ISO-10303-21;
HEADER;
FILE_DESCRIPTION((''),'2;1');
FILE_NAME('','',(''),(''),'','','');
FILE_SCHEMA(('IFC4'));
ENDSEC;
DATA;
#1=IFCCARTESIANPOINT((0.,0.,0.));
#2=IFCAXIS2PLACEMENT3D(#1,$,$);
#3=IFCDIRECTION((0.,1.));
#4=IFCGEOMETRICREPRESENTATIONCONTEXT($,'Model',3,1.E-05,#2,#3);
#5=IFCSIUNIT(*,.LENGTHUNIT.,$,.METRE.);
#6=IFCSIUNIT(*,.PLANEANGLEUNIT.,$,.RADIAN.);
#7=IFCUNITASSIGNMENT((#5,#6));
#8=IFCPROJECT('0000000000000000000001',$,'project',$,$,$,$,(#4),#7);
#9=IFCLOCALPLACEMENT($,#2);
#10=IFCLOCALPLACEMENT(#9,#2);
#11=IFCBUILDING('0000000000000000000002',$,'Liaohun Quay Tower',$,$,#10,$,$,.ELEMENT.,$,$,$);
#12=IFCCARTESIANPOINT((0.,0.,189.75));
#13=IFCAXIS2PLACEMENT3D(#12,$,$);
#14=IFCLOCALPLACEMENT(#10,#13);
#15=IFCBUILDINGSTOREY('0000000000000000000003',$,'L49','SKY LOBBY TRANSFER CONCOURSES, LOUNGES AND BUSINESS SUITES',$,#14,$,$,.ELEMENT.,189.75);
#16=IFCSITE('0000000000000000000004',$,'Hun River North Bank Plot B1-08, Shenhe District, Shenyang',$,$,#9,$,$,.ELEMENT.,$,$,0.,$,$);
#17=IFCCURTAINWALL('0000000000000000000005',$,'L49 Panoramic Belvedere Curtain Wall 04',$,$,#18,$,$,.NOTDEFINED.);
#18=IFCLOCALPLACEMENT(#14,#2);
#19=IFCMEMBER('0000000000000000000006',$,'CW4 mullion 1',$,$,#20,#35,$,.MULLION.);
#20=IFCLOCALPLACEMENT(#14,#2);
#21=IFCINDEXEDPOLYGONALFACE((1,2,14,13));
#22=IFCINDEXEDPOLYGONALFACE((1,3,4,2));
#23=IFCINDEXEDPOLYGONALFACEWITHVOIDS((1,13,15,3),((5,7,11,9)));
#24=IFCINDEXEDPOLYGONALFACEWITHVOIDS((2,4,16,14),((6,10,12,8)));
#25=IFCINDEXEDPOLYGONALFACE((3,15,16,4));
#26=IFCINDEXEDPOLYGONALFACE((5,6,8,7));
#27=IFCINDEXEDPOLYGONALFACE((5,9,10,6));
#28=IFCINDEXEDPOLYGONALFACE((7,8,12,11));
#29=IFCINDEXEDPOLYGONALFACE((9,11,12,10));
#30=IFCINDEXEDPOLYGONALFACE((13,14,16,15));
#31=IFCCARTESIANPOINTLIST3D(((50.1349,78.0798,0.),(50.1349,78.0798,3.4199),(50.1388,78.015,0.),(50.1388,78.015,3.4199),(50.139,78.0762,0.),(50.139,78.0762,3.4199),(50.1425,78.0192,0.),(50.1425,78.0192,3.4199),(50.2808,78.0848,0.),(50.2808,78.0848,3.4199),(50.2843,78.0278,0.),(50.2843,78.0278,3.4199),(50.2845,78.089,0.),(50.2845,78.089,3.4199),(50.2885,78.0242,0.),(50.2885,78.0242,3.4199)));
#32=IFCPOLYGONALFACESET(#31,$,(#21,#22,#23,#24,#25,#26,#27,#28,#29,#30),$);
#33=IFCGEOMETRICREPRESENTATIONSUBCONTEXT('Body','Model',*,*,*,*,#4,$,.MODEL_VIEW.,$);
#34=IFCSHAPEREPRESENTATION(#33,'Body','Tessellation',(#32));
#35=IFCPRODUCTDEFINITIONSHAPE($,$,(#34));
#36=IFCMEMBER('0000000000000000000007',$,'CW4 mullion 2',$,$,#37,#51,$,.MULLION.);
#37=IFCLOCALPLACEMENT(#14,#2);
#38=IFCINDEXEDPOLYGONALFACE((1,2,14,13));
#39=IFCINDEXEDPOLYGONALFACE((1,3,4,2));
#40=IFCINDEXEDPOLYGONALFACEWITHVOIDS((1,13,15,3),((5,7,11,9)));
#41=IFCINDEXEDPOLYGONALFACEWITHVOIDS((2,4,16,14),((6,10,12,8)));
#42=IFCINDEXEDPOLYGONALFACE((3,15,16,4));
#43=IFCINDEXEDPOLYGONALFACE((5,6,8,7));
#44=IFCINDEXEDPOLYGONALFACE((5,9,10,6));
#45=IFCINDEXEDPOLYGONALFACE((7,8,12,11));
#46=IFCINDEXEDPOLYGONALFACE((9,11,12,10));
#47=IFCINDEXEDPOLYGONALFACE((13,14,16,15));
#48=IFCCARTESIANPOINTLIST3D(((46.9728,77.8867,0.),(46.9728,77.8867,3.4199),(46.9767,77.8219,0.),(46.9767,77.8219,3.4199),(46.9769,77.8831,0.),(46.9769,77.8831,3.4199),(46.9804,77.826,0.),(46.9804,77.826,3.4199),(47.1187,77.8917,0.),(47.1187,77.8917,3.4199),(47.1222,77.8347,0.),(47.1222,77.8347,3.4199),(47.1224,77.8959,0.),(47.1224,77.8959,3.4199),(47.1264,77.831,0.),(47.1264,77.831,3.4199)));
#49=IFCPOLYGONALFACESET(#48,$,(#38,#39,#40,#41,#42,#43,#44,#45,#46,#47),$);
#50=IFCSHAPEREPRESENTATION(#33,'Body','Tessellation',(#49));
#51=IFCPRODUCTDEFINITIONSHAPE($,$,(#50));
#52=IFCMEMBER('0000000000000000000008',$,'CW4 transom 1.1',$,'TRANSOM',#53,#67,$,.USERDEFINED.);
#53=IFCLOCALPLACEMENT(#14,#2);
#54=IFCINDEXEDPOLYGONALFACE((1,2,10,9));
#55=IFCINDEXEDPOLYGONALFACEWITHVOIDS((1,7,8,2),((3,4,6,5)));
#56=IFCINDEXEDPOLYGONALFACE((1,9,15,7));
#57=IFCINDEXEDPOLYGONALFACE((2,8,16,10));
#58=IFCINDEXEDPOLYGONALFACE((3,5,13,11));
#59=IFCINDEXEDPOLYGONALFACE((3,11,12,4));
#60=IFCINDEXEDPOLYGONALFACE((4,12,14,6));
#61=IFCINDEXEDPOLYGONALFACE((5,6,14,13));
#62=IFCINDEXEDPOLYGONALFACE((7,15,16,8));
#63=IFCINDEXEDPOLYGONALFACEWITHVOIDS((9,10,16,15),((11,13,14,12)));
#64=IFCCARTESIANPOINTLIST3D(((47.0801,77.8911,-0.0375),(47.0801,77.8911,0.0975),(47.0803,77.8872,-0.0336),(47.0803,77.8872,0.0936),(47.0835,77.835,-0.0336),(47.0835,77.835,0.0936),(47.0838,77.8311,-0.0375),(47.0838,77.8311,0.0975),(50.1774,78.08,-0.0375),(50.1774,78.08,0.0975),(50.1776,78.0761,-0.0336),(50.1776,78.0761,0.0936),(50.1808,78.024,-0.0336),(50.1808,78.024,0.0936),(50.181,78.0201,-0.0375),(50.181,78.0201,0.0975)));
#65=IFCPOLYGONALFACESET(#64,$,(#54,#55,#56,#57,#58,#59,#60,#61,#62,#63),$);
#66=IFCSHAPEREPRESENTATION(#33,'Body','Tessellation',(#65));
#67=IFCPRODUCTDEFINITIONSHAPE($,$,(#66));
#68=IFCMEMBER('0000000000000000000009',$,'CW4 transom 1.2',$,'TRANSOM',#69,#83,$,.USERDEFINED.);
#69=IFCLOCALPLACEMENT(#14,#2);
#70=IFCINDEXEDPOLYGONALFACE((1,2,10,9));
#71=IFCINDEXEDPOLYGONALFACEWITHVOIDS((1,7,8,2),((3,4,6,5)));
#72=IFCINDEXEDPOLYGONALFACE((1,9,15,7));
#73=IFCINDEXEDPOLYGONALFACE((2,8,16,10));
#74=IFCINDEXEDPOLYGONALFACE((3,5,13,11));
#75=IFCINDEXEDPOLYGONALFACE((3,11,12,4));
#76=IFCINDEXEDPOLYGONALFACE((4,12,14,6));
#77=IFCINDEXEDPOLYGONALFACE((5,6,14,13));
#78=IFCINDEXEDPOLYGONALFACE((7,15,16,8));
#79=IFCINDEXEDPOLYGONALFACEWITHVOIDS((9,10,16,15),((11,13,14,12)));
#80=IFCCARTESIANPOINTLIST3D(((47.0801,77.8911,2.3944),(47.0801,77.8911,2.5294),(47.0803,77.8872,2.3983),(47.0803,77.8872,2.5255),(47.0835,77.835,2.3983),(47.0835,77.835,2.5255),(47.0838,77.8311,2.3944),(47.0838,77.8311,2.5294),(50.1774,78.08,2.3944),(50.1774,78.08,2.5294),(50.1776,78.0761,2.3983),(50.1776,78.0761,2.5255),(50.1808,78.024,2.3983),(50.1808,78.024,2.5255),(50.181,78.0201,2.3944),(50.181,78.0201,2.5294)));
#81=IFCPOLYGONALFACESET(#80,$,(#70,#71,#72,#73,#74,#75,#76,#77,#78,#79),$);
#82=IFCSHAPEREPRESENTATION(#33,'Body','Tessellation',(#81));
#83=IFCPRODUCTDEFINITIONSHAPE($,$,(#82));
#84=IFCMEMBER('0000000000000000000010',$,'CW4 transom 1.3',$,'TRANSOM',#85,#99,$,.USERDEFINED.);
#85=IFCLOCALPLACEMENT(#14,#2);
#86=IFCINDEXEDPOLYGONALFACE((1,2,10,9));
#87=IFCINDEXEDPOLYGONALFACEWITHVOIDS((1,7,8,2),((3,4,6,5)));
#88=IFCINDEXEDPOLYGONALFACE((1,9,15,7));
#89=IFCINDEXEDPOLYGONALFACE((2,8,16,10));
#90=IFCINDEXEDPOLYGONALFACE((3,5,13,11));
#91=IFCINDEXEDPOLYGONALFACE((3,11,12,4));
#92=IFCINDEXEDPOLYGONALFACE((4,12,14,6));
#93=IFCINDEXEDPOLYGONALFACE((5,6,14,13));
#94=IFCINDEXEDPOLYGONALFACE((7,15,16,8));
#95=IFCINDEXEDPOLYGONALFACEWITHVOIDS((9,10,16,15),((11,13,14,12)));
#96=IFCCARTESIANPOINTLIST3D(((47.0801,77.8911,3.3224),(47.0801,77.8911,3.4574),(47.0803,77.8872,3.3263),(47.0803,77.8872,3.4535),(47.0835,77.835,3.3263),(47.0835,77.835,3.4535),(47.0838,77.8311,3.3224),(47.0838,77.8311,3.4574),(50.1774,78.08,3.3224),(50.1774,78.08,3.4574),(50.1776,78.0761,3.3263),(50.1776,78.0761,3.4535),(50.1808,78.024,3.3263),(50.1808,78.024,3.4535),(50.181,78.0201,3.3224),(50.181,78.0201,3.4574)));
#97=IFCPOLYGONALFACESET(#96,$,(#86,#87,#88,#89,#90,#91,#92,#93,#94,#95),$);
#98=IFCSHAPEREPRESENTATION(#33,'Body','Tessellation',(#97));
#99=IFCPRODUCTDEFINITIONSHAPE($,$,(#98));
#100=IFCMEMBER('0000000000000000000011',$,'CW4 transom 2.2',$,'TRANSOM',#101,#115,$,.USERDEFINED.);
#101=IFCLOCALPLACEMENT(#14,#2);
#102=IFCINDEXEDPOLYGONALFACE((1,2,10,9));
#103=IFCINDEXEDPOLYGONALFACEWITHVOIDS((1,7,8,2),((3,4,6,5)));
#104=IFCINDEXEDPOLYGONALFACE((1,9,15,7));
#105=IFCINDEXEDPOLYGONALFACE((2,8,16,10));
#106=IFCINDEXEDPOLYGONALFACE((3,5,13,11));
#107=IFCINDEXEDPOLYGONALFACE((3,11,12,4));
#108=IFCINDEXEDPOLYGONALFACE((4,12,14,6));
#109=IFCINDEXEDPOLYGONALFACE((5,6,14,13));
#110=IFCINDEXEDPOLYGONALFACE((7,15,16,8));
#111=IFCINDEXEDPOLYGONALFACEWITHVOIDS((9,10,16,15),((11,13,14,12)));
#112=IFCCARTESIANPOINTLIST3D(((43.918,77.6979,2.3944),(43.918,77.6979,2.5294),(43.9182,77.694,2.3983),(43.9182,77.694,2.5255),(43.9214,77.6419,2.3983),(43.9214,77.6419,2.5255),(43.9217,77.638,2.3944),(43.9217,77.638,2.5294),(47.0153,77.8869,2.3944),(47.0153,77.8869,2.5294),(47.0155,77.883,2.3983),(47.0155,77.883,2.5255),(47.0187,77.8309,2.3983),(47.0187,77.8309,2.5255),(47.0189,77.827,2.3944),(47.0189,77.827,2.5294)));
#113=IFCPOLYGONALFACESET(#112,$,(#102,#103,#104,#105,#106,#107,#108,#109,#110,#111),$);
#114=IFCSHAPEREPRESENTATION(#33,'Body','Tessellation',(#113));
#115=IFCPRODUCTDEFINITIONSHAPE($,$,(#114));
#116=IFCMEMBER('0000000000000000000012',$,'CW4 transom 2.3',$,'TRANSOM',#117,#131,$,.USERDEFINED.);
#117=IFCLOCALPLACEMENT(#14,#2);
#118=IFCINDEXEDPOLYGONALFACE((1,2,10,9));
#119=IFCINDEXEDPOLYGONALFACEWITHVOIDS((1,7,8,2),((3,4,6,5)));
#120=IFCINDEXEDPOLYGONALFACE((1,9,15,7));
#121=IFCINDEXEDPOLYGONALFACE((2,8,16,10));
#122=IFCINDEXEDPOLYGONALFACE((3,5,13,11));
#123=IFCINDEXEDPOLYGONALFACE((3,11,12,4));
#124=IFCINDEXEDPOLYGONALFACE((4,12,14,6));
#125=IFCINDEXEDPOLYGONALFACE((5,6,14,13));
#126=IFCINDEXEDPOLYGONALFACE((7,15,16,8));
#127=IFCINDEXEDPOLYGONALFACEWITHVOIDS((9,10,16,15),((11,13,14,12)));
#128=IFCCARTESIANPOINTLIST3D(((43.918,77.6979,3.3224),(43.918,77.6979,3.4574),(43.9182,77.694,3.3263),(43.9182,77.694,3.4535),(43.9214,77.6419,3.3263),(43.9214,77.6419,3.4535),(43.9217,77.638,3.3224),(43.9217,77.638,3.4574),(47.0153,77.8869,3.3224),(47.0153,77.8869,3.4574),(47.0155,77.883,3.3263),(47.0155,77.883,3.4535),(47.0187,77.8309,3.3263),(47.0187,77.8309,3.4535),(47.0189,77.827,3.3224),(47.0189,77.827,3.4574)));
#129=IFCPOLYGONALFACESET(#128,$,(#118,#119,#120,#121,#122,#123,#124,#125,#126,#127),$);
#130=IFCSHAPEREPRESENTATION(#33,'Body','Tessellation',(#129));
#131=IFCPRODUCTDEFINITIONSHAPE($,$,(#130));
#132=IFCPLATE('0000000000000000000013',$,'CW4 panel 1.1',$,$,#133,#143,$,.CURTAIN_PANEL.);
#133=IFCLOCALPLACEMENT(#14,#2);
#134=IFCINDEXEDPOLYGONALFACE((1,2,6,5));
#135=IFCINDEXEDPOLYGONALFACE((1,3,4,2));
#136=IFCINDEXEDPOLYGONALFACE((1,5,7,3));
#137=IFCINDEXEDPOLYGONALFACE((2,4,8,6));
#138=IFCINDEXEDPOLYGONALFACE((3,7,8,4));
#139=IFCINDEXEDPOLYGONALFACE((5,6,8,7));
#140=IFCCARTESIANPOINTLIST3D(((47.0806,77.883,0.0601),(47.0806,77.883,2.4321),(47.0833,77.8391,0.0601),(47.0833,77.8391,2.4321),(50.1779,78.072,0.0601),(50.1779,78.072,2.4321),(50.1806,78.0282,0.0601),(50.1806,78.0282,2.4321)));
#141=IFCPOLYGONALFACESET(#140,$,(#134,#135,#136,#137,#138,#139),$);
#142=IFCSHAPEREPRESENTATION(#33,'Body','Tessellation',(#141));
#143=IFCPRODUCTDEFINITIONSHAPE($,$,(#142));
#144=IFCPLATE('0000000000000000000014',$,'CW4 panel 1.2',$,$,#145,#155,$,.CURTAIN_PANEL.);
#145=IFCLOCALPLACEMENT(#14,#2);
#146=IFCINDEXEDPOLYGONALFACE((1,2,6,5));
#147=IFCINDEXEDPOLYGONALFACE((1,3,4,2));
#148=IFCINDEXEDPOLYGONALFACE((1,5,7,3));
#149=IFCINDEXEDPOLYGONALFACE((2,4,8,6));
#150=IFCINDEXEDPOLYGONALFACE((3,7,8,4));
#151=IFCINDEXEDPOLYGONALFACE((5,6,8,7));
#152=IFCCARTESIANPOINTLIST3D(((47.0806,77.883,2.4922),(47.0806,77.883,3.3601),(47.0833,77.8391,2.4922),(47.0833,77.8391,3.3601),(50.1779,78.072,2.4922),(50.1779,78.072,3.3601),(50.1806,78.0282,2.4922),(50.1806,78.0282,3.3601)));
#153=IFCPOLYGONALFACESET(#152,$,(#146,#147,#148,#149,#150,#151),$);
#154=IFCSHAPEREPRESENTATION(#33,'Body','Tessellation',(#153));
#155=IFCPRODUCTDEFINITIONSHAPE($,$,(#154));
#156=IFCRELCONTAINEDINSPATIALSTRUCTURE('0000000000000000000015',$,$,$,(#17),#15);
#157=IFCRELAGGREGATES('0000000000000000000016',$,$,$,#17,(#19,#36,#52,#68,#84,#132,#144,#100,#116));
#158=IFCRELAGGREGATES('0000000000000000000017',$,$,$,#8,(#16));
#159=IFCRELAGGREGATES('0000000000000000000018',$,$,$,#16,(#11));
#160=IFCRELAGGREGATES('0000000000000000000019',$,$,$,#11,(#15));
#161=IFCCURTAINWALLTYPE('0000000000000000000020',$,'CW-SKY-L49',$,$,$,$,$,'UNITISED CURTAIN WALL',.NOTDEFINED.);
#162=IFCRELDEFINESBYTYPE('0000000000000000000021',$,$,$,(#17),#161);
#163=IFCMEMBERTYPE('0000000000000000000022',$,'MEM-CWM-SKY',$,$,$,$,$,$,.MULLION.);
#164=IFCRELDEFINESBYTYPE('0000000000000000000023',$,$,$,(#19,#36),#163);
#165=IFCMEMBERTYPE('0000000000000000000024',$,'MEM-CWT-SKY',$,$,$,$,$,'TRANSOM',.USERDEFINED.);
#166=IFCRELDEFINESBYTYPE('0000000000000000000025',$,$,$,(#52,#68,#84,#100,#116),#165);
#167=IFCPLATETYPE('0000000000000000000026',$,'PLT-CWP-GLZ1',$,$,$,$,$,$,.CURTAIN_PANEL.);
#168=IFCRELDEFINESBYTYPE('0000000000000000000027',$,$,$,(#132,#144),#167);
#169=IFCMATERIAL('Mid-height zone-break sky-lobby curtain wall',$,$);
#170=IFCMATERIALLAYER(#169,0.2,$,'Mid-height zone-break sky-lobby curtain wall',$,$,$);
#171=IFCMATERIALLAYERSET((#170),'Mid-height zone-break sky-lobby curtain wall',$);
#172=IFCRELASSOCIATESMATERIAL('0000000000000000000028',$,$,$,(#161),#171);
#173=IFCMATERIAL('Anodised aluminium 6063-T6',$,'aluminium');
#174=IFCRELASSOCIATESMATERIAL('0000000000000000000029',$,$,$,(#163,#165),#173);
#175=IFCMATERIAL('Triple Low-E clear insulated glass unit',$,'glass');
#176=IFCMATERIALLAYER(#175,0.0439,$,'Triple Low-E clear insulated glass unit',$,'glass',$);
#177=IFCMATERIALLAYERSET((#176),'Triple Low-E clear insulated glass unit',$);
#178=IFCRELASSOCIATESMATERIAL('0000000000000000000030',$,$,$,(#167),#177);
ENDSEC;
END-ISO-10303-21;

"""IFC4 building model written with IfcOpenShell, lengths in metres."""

from ifc_helpers import new_model, si_unit, direction, frame, origin, origin_2d, place, context, subcontext, project, spatial, rectangle, hollow_rectangle, extrude, source, transform, mapped, material, layer, layer_set, material_profile, profile_set, type_object, element, aggregate, save


model = new_model("IFC4")

# Units and contexts
model_context = context("Model", 3, precision=1e-05, world=origin(), true_north=direction((0.0, 1.0)))
body_context = subcontext(model_context, "Body", "Model", "MODEL_VIEW")
ifc_project = project(units=[si_unit("LENGTHUNIT", "METRE"), si_unit("PLANEANGLEUNIT", "RADIAN")], contexts=[model_context])

# Site, building, storey
site_placement = place(None, origin())
site = spatial("IfcSite", under=ifc_project, at=site_placement, Name="Hun River North Bank Plot B1-08, Shenhe District, Shenyang", CompositionType="ELEMENT", RefElevation=0.0)
building_placement = place(site_placement, origin())
building = spatial("IfcBuilding", under=site, at=building_placement, Name="Liaohun Quay Tower", CompositionType="ELEMENT")
storey_placement = place(building_placement, frame((0.0, 0.0, 189.75)))
storey = spatial("IfcBuildingStorey", under=building, at=storey_placement, Name="L49", Description="SKY LOBBY TRANSFER CONCOURSES, LOUNGES AND BUSINESS SUITES", CompositionType="ELEMENT", Elevation=189.75)

# Curtain wall, members, plates
ifc_material_1 = material(Name="Mid-height zone-break sky-lobby curtain wall")
ifc_layer_1 = layer(ifc_material_1, 0.2, Name="Mid-height zone-break sky-lobby curtain wall")
ifc_layer_set_1 = layer_set([ifc_layer_1], Name="Mid-height zone-break sky-lobby curtain wall")
curtain_wall_type = type_object("IfcCurtainWallType", Name="CW-SKY-L49", ElementType="UNITISED CURTAIN WALL", PredefinedType="NOTDEFINED", material=ifc_layer_set_1)
curtain_wall_placement = place(storey_placement, origin())
curtain_wall = element("IfcCurtainWall", 1, at=curtain_wall_placement, inside=storey, type_object=curtain_wall_type, Name="L49 Panoramic Belvedere Curtain Wall 04", PredefinedType="NOTDEFINED")
ifc_material_2 = material(Name="Anodised aluminium 6063-T6", Category="aluminium")
ifc_material_profile_1 = material_profile(ifc_material_2, hollow_rectangle(XDim=0.0649, YDim=0.1499, WallThickness=0.0039, at=origin_2d()), Name="RHS150x65x4")
ifc_profile_set_1 = profile_set([ifc_material_profile_1], Name="Anodised aluminium 6063-T6")
member_type_1 = type_object("IfcMemberType", Name="MEM-CWM-SKY", PredefinedType="MULLION", material=ifc_profile_set_1)
shared_shape_1 = source(origin(), body_context, "Body", "SweptSolid", [
    extrude(hollow_rectangle(XDim=0.0649, YDim=0.1499, WallThickness=0.0039, at=origin_2d()), origin(), (0.0, 0.0, 1.0), 3.4199),
])
member_1_placement = place(storey_placement, frame((50.2117, 78.052, 0.0), z_axis=(0.0, 0.0, 1.0), x_axis=(0.060929, -0.998142, 0.0)))
member_1 = element("IfcMember", 2, at=member_1_placement, type_object=member_type_1, Name="CW4 mullion 1", PredefinedType="MULLION", context=body_context, shape_type="MappedRepresentation", body=[
    mapped(shared_shape_1, transform((0.0, 0.0, 0.0), x_axis=(1.0, 0.0, 0.0), y_axis=(0.0, 1.0, 0.0), z_axis=(0.0, 0.0, 1.0), scale=1.0)),
])
member_2_placement = place(storey_placement, frame((47.0496, 77.8589, 0.0), z_axis=(0.0, 0.0, 1.0), x_axis=(0.060929, -0.998142, 0.0)))
member_2 = element("IfcMember", 3, at=member_2_placement, type_object=member_type_1, Name="CW4 mullion 2", PredefinedType="MULLION", context=body_context, shape_type="MappedRepresentation", body=[
    mapped(shared_shape_1, transform((0.0, 0.0, 0.0), x_axis=(1.0, 0.0, 0.0), y_axis=(0.0, 1.0, 0.0), z_axis=(0.0, 0.0, 1.0), scale=1.0)),
])
ifc_material_profile_2 = material_profile(ifc_material_2, hollow_rectangle(XDim=0.0601, YDim=0.135, WallThickness=0.0039, at=origin_2d()), Name="RHS135x60x4")
ifc_profile_set_2 = profile_set([ifc_material_profile_2], Name="Anodised aluminium 6063-T6")
member_type_2 = type_object("IfcMemberType", Name="MEM-CWT-SKY", ElementType="TRANSOM", PredefinedType="USERDEFINED", material=ifc_profile_set_2)
shared_shape_2 = source(origin(), body_context, "Body", "SweptSolid", [
    extrude(hollow_rectangle(XDim=0.0601, YDim=0.135, WallThickness=0.0039, at=origin_2d()), origin(), (0.0, 0.0, 1.0), 3.103),
])
member_3_placement = place(storey_placement, frame((50.1792, 78.05, 0.03), z_axis=(-0.998144, -0.060899, 0.0), x_axis=(0.060899, -0.998144, 0.0)))
member_3 = element("IfcMember", 4, at=member_3_placement, type_object=member_type_2, Name="CW4 transom 1.1", ObjectType="TRANSOM", PredefinedType="USERDEFINED", context=body_context, shape_type="MappedRepresentation", body=[
    mapped(shared_shape_2, transform((0.0, 0.0, 0.0), x_axis=(1.0, 0.0, 0.0), y_axis=(0.0, 1.0, 0.0), z_axis=(0.0, 0.0, 1.0), scale=1.0)),
])
member_4_placement = place(storey_placement, frame((50.1792, 78.05, 2.4619), z_axis=(-0.998144, -0.060899, 0.0), x_axis=(0.060899, -0.998144, 0.0)))
member_4 = element("IfcMember", 5, at=member_4_placement, type_object=member_type_2, Name="CW4 transom 1.2", ObjectType="TRANSOM", PredefinedType="USERDEFINED", context=body_context, shape_type="MappedRepresentation", body=[
    mapped(shared_shape_2, transform((0.0, 0.0, 0.0), x_axis=(1.0, 0.0, 0.0), y_axis=(0.0, 1.0, 0.0), z_axis=(0.0, 0.0, 1.0), scale=1.0)),
])
member_5_placement = place(storey_placement, frame((50.1792, 78.05, 3.3899), z_axis=(-0.998144, -0.060899, 0.0), x_axis=(0.060899, -0.998144, 0.0)))
member_5 = element("IfcMember", 6, at=member_5_placement, type_object=member_type_2, Name="CW4 transom 1.3", ObjectType="TRANSOM", PredefinedType="USERDEFINED", context=body_context, shape_type="MappedRepresentation", body=[
    mapped(shared_shape_2, transform((0.0, 0.0, 0.0), x_axis=(1.0, 0.0, 0.0), y_axis=(0.0, 1.0, 0.0), z_axis=(0.0, 0.0, 1.0), scale=1.0)),
])
member_6_placement = place(storey_placement, frame((47.0171, 77.8569, 2.4619), z_axis=(-0.998144, -0.060899, 0.0), x_axis=(0.060899, -0.998144, 0.0)))
member_6 = element("IfcMember", 7, at=member_6_placement, type_object=member_type_2, Name="CW4 transom 2.2", ObjectType="TRANSOM", PredefinedType="USERDEFINED", context=body_context, shape_type="MappedRepresentation", body=[
    mapped(shared_shape_2, transform((0.0, 0.0, 0.0), x_axis=(1.0, 0.0, 0.0), y_axis=(0.0, 1.0, 0.0), z_axis=(0.0, 0.0, 1.0), scale=1.0)),
])
member_7_placement = place(storey_placement, frame((47.0171, 77.8569, 3.3899), z_axis=(-0.998144, -0.060899, 0.0), x_axis=(0.060899, -0.998144, 0.0)))
member_7 = element("IfcMember", 8, at=member_7_placement, type_object=member_type_2, Name="CW4 transom 2.3", ObjectType="TRANSOM", PredefinedType="USERDEFINED", context=body_context, shape_type="MappedRepresentation", body=[
    mapped(shared_shape_2, transform((0.0, 0.0, 0.0), x_axis=(1.0, 0.0, 0.0), y_axis=(0.0, 1.0, 0.0), z_axis=(0.0, 0.0, 1.0), scale=1.0)),
])
ifc_material_3 = material(Name="Triple Low-E clear insulated glass unit", Category="glass")
ifc_layer_2 = layer(ifc_material_3, 0.0439, Name="Triple Low-E clear insulated glass unit", Category="glass")
ifc_layer_set_2 = layer_set([ifc_layer_2], Name="Triple Low-E clear insulated glass unit")
plate_type = type_object("IfcPlateType", Name="PLT-CWP-GLZ1", PredefinedType="CURTAIN_PANEL", material=ifc_layer_set_2)
shared_shape_3 = source(origin(), body_context, "Body", "SweptSolid", [
    extrude(rectangle(XDim=3.103, YDim=0.0439, at=origin_2d()), origin(), (0.0, 0.0, 1.0), 2.3721),
])
plate_1_placement = place(storey_placement, frame((48.6306, 77.9556, 0.0601), z_axis=(0.0, 0.0, 1.0), x_axis=(-0.998142, -0.060929, 0.0)))
plate_1 = element("IfcPlate", 9, at=plate_1_placement, type_object=plate_type, Name="CW4 panel 1.1", PredefinedType="CURTAIN_PANEL", context=body_context, shape_type="MappedRepresentation", body=[
    mapped(shared_shape_3, transform((0.0, 0.0, 0.0), x_axis=(1.0, 0.0, 0.0), y_axis=(0.0, 1.0, 0.0), z_axis=(0.0, 0.0, 1.0), scale=1.0)),
])
shared_shape_4 = source(origin(), body_context, "Body", "SweptSolid", [
    extrude(rectangle(XDim=3.103, YDim=0.0439, at=origin_2d()), origin(), (0.0, 0.0, 1.0), 0.8679),
])
plate_2_placement = place(storey_placement, frame((48.6306, 77.9556, 2.4922), z_axis=(0.0, 0.0, 1.0), x_axis=(-0.998142, -0.060929, 0.0)))
plate_2 = element("IfcPlate", 10, at=plate_2_placement, type_object=plate_type, Name="CW4 panel 1.2", PredefinedType="CURTAIN_PANEL", context=body_context, shape_type="MappedRepresentation", body=[
    mapped(shared_shape_4, transform((0.0, 0.0, 0.0), x_axis=(1.0, 0.0, 0.0), y_axis=(0.0, 1.0, 0.0), z_axis=(0.0, 0.0, 1.0), scale=1.0)),
])
aggregate(curtain_wall, [member_1, member_2, member_3, member_4, member_5, plate_1, plate_2, member_6, member_7])

save(model, "model.ifc")
